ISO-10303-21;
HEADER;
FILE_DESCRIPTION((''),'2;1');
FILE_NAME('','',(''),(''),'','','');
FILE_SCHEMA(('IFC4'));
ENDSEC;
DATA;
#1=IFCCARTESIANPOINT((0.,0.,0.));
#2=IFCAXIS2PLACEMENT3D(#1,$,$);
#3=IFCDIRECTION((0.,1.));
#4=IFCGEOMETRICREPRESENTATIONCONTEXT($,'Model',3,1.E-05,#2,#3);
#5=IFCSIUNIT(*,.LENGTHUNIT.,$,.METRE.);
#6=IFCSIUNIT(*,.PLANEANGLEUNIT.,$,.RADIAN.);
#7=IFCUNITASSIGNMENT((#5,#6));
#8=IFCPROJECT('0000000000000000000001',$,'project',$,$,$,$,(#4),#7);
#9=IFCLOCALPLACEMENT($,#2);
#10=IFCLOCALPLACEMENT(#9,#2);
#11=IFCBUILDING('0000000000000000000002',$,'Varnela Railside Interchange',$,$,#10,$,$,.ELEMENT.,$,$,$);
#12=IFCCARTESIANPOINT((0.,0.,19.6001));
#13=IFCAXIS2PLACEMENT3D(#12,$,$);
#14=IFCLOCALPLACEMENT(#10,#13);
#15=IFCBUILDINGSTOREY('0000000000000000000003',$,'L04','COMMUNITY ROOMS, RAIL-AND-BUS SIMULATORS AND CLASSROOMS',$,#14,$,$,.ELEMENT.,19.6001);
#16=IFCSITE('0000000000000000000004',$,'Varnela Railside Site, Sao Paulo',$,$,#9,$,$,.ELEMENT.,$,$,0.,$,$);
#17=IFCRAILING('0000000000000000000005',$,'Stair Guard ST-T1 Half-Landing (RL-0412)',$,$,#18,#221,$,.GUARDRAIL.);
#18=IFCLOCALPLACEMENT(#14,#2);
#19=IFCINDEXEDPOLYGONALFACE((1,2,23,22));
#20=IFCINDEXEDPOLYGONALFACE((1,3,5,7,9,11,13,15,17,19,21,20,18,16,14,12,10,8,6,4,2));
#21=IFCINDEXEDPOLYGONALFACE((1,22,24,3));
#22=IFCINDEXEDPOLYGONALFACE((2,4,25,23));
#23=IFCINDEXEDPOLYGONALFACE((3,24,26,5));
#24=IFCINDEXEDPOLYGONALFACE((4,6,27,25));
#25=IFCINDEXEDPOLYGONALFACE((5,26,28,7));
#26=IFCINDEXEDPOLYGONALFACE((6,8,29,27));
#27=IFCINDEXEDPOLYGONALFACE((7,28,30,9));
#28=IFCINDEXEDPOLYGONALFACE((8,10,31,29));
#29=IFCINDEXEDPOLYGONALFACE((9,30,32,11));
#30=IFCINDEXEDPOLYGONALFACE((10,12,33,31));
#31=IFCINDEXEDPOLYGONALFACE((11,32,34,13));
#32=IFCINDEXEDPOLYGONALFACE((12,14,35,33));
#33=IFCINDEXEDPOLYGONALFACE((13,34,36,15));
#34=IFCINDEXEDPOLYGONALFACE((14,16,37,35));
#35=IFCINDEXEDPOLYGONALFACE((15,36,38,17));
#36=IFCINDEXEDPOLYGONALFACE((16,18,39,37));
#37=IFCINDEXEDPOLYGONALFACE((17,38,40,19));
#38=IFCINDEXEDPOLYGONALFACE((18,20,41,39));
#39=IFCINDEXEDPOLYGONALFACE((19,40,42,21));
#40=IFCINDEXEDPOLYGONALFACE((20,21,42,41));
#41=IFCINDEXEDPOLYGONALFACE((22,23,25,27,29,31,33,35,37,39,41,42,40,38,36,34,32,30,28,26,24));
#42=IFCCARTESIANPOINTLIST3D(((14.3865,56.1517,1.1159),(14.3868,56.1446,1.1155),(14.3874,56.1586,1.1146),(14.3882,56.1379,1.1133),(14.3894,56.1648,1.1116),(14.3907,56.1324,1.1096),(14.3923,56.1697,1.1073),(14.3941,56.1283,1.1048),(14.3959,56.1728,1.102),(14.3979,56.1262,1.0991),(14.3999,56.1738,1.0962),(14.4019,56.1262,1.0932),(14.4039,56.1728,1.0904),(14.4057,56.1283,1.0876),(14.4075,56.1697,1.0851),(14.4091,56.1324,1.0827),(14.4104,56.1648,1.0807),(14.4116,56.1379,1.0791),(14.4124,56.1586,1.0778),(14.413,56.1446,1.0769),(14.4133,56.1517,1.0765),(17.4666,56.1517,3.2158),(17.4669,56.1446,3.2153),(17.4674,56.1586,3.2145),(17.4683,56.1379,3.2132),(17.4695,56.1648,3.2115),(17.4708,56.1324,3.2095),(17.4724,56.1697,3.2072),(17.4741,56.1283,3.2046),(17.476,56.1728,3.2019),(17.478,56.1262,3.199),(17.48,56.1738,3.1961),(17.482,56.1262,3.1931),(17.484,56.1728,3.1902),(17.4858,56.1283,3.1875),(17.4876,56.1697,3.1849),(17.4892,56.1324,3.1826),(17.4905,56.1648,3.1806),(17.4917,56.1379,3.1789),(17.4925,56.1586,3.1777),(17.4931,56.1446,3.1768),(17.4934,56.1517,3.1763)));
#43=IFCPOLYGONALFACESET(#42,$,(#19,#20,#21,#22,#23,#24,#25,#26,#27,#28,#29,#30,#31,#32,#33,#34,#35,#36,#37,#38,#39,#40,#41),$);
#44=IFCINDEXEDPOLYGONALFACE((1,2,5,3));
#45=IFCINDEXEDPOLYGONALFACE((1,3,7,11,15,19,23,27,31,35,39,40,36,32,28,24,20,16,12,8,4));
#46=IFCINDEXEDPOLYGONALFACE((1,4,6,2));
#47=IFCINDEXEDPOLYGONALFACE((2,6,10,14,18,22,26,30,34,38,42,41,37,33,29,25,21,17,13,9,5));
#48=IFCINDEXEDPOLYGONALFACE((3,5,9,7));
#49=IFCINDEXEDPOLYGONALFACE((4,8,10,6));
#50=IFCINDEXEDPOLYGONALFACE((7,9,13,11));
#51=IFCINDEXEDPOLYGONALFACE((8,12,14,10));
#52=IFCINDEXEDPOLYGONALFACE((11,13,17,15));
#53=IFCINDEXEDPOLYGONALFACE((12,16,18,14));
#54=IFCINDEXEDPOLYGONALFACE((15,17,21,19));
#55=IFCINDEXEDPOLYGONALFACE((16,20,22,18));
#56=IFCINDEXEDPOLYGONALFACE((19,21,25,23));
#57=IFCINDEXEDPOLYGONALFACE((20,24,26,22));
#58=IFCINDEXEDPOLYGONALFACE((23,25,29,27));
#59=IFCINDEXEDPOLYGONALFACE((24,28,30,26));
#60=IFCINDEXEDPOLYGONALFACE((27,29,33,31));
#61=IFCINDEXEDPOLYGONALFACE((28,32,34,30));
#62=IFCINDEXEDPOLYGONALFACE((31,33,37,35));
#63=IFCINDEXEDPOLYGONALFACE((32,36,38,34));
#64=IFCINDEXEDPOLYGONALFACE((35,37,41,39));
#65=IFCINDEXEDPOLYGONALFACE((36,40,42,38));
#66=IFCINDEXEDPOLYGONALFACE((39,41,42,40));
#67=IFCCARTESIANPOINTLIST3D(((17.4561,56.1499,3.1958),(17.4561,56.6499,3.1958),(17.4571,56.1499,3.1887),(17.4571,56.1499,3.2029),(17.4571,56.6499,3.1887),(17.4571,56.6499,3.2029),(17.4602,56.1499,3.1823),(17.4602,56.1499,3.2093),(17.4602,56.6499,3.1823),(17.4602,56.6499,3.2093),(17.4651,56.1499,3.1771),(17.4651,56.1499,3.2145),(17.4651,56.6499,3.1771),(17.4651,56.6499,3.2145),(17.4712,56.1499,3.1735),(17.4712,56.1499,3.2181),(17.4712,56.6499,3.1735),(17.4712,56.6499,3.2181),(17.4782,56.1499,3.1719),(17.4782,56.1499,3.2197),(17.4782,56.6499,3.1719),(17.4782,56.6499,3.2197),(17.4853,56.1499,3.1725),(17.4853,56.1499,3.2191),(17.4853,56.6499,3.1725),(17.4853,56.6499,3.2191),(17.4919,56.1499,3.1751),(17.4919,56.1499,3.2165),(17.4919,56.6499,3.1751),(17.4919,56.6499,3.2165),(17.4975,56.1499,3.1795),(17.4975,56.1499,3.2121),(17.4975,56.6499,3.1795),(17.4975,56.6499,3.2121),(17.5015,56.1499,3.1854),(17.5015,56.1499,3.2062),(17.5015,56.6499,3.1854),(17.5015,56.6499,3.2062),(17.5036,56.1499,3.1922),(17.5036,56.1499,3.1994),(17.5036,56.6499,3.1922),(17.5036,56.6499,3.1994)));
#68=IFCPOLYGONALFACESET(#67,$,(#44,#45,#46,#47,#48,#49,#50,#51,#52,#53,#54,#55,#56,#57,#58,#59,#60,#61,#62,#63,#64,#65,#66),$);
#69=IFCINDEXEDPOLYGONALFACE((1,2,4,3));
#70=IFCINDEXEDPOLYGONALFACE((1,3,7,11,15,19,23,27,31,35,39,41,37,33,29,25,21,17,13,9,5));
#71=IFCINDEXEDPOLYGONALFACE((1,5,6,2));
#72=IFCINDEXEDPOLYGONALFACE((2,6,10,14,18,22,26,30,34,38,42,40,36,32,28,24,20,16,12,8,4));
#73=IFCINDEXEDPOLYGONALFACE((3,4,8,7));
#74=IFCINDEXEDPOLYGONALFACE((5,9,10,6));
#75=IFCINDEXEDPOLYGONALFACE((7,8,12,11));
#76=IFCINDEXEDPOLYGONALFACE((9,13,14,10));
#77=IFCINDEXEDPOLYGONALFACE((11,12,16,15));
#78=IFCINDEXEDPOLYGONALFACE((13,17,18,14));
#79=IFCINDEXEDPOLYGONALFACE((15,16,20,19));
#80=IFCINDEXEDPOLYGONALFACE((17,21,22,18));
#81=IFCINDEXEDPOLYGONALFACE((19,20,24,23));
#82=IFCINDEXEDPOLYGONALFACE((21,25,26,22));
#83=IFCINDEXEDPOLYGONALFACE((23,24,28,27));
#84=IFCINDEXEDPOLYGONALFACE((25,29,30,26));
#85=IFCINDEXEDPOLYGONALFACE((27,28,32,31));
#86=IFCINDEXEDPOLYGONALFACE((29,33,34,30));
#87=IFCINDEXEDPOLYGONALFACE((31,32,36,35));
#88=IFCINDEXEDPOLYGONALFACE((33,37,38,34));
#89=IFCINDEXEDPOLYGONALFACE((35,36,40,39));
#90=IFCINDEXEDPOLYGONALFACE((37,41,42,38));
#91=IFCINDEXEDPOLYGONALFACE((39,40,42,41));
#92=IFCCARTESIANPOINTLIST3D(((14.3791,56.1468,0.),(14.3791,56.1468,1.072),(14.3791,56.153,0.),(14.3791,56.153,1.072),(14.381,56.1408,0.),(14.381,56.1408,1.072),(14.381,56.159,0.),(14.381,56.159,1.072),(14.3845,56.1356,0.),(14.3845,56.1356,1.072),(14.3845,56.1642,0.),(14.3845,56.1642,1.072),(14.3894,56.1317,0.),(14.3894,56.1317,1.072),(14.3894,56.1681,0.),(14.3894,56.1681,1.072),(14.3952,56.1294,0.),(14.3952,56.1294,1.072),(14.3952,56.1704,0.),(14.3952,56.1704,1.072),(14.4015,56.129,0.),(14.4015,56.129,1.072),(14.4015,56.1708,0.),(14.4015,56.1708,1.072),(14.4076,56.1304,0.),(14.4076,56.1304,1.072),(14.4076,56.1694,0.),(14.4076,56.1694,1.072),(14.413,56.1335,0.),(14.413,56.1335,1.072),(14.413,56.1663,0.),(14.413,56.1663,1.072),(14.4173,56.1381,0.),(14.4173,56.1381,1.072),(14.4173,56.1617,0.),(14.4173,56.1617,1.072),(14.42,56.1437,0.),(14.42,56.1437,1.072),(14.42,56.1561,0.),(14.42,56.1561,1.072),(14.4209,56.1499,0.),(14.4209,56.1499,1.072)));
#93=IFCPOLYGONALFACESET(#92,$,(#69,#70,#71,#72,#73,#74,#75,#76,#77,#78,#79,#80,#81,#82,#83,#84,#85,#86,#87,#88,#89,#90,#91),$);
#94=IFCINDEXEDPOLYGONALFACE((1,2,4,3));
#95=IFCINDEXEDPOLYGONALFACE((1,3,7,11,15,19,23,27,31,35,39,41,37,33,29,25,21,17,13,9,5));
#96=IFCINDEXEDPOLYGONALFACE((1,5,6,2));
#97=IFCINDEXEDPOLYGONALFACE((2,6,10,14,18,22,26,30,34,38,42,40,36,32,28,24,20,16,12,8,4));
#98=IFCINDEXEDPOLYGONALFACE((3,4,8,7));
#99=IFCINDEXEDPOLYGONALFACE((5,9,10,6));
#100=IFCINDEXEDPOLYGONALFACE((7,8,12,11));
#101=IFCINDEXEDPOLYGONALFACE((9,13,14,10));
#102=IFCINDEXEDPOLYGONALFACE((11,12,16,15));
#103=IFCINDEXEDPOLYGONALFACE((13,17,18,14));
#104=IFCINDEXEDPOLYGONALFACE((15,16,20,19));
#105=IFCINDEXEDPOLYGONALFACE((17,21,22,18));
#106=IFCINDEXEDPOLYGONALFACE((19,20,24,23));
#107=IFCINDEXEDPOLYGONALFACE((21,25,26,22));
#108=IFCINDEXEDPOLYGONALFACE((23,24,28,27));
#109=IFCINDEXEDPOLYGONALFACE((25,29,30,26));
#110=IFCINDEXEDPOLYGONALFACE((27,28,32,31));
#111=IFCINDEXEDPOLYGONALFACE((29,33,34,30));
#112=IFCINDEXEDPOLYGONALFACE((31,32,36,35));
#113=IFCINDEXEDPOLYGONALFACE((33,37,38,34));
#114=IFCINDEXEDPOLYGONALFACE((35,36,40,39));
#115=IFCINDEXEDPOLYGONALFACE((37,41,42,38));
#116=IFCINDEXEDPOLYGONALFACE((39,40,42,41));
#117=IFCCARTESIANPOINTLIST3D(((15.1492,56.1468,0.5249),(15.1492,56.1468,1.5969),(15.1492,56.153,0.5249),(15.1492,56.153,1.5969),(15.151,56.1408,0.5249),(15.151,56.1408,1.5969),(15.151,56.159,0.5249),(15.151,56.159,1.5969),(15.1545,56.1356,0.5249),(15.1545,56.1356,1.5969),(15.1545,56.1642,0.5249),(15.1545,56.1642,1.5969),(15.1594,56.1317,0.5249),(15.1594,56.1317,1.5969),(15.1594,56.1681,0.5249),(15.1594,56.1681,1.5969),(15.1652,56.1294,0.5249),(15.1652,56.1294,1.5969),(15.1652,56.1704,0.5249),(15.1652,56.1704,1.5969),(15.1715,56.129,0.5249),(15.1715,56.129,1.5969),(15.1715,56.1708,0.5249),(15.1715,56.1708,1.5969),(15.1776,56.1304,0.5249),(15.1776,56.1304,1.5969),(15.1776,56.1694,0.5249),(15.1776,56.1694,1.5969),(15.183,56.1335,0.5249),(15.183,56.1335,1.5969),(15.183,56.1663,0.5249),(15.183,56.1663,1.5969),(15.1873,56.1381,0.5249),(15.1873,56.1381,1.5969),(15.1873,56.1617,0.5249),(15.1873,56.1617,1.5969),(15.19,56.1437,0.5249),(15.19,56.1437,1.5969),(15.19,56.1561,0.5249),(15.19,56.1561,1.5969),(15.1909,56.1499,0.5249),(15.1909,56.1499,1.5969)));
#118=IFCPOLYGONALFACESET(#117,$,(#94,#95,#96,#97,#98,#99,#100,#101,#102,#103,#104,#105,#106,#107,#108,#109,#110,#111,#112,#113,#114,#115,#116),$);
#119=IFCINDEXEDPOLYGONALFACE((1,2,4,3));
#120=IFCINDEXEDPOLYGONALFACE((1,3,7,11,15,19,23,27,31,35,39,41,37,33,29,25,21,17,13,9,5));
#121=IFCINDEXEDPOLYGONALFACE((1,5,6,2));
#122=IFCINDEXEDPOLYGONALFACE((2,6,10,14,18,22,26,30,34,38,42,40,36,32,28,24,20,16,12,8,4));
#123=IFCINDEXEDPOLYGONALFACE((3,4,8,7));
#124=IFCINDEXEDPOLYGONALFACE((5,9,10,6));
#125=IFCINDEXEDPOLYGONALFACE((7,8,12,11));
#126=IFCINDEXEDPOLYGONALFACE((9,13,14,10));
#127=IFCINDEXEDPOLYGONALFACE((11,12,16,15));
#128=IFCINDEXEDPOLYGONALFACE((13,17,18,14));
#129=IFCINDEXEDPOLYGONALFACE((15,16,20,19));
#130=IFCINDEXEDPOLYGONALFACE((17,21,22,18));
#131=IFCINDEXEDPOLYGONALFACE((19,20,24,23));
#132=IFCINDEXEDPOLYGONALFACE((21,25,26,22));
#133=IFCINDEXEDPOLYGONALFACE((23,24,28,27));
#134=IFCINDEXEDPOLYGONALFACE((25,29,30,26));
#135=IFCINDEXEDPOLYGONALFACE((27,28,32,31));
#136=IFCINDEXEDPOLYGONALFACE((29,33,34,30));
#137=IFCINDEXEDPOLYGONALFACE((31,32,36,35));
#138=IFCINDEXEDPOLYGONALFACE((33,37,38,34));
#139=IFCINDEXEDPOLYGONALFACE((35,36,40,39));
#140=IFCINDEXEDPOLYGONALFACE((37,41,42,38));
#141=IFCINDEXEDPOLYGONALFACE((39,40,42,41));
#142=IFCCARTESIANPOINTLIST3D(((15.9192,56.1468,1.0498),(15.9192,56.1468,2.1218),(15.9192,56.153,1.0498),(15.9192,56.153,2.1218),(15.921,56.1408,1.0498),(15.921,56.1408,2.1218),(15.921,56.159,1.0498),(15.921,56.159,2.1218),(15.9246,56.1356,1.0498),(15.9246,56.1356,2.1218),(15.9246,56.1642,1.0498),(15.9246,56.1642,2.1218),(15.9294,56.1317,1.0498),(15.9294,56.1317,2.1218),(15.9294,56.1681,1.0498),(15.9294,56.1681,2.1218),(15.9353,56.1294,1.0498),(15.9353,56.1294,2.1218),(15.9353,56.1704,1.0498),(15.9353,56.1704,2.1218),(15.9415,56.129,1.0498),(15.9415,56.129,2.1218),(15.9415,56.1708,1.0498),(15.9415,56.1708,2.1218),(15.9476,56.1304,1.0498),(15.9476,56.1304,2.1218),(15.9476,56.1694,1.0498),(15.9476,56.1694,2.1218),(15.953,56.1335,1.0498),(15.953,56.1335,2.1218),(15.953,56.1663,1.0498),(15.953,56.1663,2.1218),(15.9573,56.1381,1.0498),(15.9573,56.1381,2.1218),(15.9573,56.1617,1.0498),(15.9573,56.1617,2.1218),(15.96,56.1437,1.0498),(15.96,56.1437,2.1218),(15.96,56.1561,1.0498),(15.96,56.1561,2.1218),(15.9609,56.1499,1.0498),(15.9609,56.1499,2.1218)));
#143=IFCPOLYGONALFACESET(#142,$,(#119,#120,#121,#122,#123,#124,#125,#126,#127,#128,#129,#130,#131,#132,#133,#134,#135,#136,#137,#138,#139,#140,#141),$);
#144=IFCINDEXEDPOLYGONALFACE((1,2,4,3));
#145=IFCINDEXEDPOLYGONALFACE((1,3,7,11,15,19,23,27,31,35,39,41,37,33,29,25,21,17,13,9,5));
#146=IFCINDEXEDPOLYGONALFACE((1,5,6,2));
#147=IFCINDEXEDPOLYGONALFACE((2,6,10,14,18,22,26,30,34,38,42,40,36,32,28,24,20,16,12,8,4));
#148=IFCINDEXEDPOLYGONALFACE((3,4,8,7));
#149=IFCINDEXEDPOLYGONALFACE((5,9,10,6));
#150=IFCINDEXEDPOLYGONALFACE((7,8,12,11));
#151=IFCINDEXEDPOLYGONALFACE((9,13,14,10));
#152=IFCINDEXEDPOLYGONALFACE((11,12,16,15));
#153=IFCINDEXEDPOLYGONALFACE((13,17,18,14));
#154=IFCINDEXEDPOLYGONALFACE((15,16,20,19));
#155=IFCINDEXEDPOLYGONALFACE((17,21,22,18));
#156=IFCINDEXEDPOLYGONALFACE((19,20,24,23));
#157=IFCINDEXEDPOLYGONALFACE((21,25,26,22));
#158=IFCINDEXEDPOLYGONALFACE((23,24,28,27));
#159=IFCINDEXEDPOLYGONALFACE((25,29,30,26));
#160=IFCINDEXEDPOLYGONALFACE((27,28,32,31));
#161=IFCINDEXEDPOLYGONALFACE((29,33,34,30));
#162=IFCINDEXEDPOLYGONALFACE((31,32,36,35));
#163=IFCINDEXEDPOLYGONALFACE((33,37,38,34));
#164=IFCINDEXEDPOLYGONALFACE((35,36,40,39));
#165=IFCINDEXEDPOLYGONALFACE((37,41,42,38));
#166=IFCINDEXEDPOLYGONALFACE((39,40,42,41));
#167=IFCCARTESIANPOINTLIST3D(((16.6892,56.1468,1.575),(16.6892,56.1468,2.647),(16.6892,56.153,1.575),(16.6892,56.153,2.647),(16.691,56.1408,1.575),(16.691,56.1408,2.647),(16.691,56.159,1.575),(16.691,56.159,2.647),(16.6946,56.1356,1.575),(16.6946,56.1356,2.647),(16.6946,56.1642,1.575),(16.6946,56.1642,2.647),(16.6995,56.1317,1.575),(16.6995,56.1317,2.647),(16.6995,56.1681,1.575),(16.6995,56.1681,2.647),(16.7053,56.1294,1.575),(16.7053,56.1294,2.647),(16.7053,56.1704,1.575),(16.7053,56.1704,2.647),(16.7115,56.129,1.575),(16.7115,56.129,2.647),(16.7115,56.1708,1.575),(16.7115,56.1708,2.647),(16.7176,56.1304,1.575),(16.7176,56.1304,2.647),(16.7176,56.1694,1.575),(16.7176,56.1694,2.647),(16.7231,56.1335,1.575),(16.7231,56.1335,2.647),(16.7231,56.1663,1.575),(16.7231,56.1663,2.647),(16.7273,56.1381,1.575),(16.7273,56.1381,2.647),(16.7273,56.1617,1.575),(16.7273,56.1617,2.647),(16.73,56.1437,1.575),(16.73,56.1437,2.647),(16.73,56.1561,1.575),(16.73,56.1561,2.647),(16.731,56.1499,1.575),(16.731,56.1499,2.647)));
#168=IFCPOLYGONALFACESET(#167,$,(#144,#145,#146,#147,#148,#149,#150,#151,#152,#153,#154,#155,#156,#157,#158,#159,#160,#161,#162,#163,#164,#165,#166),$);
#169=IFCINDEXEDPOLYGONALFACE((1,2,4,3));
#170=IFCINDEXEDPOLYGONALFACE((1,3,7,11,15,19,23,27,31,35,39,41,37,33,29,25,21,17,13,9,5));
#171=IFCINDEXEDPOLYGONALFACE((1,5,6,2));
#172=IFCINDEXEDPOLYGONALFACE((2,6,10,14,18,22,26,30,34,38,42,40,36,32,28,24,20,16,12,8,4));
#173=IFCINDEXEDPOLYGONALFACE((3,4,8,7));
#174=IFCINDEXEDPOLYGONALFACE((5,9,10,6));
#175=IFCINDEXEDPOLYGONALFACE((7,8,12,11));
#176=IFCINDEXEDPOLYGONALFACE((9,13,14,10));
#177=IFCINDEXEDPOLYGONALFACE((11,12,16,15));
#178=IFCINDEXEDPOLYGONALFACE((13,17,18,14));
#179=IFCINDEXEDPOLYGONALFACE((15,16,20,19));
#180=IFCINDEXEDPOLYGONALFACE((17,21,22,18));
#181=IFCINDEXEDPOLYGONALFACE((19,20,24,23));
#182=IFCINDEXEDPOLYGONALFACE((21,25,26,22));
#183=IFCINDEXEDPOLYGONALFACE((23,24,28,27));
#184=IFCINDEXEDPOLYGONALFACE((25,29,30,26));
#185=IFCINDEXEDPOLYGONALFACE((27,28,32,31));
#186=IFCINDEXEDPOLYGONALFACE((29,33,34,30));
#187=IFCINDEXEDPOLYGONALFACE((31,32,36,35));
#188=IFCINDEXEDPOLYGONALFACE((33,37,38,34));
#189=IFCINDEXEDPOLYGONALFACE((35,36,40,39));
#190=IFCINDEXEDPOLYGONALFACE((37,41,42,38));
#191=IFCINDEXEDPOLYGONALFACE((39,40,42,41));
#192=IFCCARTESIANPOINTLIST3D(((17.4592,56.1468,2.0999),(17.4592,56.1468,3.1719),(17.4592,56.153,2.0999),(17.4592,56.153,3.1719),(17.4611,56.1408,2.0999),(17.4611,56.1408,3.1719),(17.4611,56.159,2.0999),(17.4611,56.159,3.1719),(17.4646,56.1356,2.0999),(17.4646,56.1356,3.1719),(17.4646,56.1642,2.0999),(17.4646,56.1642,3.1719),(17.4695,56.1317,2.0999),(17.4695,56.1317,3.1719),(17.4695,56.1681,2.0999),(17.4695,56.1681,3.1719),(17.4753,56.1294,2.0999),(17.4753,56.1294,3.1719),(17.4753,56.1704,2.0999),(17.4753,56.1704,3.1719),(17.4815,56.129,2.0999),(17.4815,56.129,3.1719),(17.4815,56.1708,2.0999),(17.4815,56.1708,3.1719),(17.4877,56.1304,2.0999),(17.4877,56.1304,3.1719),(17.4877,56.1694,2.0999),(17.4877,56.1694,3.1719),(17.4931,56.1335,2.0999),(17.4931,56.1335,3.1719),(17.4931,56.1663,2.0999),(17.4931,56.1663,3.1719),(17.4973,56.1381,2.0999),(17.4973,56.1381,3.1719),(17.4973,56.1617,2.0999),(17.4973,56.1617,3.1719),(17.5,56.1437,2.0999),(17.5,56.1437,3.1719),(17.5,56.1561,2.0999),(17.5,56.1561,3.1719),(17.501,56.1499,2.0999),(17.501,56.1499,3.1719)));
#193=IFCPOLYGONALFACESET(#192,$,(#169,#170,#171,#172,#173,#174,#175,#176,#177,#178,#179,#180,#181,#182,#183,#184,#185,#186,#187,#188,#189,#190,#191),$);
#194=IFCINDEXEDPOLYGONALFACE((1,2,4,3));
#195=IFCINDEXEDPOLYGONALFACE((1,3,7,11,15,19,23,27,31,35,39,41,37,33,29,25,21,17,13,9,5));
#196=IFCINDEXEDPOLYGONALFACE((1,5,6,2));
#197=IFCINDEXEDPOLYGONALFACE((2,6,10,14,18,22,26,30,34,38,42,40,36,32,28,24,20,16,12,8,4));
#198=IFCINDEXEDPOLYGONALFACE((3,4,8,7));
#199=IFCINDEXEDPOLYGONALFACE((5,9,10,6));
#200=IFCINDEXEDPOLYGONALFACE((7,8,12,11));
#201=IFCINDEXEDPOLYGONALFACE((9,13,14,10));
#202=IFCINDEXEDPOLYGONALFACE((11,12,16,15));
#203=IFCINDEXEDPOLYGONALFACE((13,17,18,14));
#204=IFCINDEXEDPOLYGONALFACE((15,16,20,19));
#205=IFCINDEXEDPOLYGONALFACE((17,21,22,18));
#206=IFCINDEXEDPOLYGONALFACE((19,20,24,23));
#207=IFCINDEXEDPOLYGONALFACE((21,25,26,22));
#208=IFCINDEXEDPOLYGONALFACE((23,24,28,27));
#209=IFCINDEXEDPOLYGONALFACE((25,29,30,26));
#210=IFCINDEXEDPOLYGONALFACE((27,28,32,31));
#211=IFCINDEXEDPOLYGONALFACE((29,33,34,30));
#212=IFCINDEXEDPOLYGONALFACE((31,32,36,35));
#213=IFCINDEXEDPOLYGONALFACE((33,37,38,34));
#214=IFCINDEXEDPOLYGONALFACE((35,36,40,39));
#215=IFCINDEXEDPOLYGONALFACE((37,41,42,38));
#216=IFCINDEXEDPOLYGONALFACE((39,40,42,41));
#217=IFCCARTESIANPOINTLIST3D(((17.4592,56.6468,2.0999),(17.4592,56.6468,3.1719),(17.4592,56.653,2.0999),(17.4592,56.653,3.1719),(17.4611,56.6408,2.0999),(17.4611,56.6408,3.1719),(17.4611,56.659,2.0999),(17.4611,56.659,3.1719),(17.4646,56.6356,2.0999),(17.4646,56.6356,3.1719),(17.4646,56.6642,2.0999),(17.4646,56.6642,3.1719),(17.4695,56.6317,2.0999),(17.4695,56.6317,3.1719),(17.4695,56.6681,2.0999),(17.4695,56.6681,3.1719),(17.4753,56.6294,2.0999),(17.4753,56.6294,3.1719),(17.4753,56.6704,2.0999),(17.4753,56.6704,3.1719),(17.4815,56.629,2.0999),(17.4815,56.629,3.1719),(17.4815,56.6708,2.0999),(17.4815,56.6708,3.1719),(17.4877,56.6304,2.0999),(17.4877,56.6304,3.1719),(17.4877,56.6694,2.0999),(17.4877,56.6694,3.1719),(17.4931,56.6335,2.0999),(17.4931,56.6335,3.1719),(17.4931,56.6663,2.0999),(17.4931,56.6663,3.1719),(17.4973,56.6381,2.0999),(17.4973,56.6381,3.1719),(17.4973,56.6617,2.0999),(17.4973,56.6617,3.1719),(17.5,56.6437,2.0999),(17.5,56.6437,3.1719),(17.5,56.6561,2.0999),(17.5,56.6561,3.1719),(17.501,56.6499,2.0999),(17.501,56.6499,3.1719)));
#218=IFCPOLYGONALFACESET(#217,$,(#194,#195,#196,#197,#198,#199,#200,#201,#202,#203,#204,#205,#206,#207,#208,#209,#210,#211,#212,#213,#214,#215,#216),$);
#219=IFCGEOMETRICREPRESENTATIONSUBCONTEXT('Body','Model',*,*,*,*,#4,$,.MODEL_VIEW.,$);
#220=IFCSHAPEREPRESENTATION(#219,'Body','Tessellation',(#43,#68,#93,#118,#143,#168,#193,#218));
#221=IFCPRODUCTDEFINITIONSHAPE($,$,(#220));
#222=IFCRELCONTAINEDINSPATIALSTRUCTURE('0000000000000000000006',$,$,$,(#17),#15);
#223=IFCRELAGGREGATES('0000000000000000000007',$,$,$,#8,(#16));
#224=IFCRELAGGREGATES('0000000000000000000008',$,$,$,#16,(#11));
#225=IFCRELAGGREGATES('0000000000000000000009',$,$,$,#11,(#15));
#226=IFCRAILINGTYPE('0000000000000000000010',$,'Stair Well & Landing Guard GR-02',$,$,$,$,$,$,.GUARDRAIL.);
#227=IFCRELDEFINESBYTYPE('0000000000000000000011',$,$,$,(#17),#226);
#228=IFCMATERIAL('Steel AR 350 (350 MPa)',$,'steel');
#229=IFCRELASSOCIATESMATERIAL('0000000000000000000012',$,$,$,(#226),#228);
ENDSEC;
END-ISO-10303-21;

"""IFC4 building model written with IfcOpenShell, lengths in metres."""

from ifc_helpers import new_model, si_unit, direction, frame, origin, origin_2d, place, context, subcontext, project, spatial, circle, extrude, material, type_object, element, save


model = new_model("IFC4")

# Units and contexts
model_context = context("Model", 3, precision=1e-05, world=origin(), true_north=direction((0.0, 1.0)))
body_context = subcontext(model_context, "Body", "Model", "MODEL_VIEW")
ifc_project = project(units=[si_unit("LENGTHUNIT", "METRE"), si_unit("PLANEANGLEUNIT", "RADIAN")], contexts=[model_context])

# Site, building, storey
site_placement = place(None, origin())
site = spatial("IfcSite", under=ifc_project, at=site_placement, Name="Varnela Railside Site, Sao Paulo", CompositionType="ELEMENT", RefElevation=0.0)
building_placement = place(site_placement, origin())
building = spatial("IfcBuilding", under=site, at=building_placement, Name="Varnela Railside Interchange", CompositionType="ELEMENT")
storey_placement = place(building_placement, frame((0.0, 0.0, 19.6001)))
storey = spatial("IfcBuildingStorey", under=building, at=storey_placement, Name="L04", Description="COMMUNITY ROOMS, RAIL-AND-BUS SIMULATORS AND CLASSROOMS", CompositionType="ELEMENT", Elevation=19.6001)

# Shared definitions
ifc_material_1 = material(Name="Steel AR 350 (350 MPa)", Category="steel")

# Railing
railing_type_1 = type_object("IfcRailingType", Name="Stair Well & Landing Guard GR-02", PredefinedType="GUARDRAIL", material=ifc_material_1)
railing_1_placement = place(storey_placement, frame((14.3999, 56.1499, 0.0)))
element("IfcRailing", 1, at=railing_1_placement, inside=storey, type_object=railing_type_1, Name="Stair Guard ST-T1 Half-Landing (RL-0412)", PredefinedType="GUARDRAIL", context=body_context, shape_type="SweptSolid", body=[
    extrude(circle(Radius=0.0239, at=origin_2d()), frame((0.0, 0.0, 1.0962), z_axis=(0.826252, 0.0, 0.5633), x_axis=(0.0, 1.0, 0.0)), (0.0, 0.0, 1.0), 3.7278),
    extrude(circle(Radius=0.0239, at=origin_2d()), frame((3.0801, 0.0, 3.1958), z_axis=(0.0, 1.0, 0.0), x_axis=(-1.0, 0.0, 0.0)), (0.0, 0.0, 1.0), 0.5),
    extrude(circle(Radius=0.021, at=origin_2d()), origin(), (0.0, 0.0, 1.0), 1.072),
    extrude(circle(Radius=0.021, at=origin_2d()), frame((0.77, 0.0, 0.5249)), (0.0, 0.0, 1.0), 1.072),
    extrude(circle(Radius=0.021, at=origin_2d()), frame((1.54, 0.0, 1.0498)), (0.0, 0.0, 1.0), 1.072),
    extrude(circle(Radius=0.021, at=origin_2d()), frame((2.3101, 0.0, 1.575)), (0.0, 0.0, 1.0), 1.072),
    extrude(circle(Radius=0.021, at=origin_2d()), frame((3.0801, 0.0, 2.0999)), (0.0, 0.0, 1.0), 1.072),
    extrude(circle(Radius=0.021, at=origin_2d()), frame((3.0801, 0.5, 2.0999)), (0.0, 0.0, 1.0), 1.072),
])

save(model, "model.ifc")
